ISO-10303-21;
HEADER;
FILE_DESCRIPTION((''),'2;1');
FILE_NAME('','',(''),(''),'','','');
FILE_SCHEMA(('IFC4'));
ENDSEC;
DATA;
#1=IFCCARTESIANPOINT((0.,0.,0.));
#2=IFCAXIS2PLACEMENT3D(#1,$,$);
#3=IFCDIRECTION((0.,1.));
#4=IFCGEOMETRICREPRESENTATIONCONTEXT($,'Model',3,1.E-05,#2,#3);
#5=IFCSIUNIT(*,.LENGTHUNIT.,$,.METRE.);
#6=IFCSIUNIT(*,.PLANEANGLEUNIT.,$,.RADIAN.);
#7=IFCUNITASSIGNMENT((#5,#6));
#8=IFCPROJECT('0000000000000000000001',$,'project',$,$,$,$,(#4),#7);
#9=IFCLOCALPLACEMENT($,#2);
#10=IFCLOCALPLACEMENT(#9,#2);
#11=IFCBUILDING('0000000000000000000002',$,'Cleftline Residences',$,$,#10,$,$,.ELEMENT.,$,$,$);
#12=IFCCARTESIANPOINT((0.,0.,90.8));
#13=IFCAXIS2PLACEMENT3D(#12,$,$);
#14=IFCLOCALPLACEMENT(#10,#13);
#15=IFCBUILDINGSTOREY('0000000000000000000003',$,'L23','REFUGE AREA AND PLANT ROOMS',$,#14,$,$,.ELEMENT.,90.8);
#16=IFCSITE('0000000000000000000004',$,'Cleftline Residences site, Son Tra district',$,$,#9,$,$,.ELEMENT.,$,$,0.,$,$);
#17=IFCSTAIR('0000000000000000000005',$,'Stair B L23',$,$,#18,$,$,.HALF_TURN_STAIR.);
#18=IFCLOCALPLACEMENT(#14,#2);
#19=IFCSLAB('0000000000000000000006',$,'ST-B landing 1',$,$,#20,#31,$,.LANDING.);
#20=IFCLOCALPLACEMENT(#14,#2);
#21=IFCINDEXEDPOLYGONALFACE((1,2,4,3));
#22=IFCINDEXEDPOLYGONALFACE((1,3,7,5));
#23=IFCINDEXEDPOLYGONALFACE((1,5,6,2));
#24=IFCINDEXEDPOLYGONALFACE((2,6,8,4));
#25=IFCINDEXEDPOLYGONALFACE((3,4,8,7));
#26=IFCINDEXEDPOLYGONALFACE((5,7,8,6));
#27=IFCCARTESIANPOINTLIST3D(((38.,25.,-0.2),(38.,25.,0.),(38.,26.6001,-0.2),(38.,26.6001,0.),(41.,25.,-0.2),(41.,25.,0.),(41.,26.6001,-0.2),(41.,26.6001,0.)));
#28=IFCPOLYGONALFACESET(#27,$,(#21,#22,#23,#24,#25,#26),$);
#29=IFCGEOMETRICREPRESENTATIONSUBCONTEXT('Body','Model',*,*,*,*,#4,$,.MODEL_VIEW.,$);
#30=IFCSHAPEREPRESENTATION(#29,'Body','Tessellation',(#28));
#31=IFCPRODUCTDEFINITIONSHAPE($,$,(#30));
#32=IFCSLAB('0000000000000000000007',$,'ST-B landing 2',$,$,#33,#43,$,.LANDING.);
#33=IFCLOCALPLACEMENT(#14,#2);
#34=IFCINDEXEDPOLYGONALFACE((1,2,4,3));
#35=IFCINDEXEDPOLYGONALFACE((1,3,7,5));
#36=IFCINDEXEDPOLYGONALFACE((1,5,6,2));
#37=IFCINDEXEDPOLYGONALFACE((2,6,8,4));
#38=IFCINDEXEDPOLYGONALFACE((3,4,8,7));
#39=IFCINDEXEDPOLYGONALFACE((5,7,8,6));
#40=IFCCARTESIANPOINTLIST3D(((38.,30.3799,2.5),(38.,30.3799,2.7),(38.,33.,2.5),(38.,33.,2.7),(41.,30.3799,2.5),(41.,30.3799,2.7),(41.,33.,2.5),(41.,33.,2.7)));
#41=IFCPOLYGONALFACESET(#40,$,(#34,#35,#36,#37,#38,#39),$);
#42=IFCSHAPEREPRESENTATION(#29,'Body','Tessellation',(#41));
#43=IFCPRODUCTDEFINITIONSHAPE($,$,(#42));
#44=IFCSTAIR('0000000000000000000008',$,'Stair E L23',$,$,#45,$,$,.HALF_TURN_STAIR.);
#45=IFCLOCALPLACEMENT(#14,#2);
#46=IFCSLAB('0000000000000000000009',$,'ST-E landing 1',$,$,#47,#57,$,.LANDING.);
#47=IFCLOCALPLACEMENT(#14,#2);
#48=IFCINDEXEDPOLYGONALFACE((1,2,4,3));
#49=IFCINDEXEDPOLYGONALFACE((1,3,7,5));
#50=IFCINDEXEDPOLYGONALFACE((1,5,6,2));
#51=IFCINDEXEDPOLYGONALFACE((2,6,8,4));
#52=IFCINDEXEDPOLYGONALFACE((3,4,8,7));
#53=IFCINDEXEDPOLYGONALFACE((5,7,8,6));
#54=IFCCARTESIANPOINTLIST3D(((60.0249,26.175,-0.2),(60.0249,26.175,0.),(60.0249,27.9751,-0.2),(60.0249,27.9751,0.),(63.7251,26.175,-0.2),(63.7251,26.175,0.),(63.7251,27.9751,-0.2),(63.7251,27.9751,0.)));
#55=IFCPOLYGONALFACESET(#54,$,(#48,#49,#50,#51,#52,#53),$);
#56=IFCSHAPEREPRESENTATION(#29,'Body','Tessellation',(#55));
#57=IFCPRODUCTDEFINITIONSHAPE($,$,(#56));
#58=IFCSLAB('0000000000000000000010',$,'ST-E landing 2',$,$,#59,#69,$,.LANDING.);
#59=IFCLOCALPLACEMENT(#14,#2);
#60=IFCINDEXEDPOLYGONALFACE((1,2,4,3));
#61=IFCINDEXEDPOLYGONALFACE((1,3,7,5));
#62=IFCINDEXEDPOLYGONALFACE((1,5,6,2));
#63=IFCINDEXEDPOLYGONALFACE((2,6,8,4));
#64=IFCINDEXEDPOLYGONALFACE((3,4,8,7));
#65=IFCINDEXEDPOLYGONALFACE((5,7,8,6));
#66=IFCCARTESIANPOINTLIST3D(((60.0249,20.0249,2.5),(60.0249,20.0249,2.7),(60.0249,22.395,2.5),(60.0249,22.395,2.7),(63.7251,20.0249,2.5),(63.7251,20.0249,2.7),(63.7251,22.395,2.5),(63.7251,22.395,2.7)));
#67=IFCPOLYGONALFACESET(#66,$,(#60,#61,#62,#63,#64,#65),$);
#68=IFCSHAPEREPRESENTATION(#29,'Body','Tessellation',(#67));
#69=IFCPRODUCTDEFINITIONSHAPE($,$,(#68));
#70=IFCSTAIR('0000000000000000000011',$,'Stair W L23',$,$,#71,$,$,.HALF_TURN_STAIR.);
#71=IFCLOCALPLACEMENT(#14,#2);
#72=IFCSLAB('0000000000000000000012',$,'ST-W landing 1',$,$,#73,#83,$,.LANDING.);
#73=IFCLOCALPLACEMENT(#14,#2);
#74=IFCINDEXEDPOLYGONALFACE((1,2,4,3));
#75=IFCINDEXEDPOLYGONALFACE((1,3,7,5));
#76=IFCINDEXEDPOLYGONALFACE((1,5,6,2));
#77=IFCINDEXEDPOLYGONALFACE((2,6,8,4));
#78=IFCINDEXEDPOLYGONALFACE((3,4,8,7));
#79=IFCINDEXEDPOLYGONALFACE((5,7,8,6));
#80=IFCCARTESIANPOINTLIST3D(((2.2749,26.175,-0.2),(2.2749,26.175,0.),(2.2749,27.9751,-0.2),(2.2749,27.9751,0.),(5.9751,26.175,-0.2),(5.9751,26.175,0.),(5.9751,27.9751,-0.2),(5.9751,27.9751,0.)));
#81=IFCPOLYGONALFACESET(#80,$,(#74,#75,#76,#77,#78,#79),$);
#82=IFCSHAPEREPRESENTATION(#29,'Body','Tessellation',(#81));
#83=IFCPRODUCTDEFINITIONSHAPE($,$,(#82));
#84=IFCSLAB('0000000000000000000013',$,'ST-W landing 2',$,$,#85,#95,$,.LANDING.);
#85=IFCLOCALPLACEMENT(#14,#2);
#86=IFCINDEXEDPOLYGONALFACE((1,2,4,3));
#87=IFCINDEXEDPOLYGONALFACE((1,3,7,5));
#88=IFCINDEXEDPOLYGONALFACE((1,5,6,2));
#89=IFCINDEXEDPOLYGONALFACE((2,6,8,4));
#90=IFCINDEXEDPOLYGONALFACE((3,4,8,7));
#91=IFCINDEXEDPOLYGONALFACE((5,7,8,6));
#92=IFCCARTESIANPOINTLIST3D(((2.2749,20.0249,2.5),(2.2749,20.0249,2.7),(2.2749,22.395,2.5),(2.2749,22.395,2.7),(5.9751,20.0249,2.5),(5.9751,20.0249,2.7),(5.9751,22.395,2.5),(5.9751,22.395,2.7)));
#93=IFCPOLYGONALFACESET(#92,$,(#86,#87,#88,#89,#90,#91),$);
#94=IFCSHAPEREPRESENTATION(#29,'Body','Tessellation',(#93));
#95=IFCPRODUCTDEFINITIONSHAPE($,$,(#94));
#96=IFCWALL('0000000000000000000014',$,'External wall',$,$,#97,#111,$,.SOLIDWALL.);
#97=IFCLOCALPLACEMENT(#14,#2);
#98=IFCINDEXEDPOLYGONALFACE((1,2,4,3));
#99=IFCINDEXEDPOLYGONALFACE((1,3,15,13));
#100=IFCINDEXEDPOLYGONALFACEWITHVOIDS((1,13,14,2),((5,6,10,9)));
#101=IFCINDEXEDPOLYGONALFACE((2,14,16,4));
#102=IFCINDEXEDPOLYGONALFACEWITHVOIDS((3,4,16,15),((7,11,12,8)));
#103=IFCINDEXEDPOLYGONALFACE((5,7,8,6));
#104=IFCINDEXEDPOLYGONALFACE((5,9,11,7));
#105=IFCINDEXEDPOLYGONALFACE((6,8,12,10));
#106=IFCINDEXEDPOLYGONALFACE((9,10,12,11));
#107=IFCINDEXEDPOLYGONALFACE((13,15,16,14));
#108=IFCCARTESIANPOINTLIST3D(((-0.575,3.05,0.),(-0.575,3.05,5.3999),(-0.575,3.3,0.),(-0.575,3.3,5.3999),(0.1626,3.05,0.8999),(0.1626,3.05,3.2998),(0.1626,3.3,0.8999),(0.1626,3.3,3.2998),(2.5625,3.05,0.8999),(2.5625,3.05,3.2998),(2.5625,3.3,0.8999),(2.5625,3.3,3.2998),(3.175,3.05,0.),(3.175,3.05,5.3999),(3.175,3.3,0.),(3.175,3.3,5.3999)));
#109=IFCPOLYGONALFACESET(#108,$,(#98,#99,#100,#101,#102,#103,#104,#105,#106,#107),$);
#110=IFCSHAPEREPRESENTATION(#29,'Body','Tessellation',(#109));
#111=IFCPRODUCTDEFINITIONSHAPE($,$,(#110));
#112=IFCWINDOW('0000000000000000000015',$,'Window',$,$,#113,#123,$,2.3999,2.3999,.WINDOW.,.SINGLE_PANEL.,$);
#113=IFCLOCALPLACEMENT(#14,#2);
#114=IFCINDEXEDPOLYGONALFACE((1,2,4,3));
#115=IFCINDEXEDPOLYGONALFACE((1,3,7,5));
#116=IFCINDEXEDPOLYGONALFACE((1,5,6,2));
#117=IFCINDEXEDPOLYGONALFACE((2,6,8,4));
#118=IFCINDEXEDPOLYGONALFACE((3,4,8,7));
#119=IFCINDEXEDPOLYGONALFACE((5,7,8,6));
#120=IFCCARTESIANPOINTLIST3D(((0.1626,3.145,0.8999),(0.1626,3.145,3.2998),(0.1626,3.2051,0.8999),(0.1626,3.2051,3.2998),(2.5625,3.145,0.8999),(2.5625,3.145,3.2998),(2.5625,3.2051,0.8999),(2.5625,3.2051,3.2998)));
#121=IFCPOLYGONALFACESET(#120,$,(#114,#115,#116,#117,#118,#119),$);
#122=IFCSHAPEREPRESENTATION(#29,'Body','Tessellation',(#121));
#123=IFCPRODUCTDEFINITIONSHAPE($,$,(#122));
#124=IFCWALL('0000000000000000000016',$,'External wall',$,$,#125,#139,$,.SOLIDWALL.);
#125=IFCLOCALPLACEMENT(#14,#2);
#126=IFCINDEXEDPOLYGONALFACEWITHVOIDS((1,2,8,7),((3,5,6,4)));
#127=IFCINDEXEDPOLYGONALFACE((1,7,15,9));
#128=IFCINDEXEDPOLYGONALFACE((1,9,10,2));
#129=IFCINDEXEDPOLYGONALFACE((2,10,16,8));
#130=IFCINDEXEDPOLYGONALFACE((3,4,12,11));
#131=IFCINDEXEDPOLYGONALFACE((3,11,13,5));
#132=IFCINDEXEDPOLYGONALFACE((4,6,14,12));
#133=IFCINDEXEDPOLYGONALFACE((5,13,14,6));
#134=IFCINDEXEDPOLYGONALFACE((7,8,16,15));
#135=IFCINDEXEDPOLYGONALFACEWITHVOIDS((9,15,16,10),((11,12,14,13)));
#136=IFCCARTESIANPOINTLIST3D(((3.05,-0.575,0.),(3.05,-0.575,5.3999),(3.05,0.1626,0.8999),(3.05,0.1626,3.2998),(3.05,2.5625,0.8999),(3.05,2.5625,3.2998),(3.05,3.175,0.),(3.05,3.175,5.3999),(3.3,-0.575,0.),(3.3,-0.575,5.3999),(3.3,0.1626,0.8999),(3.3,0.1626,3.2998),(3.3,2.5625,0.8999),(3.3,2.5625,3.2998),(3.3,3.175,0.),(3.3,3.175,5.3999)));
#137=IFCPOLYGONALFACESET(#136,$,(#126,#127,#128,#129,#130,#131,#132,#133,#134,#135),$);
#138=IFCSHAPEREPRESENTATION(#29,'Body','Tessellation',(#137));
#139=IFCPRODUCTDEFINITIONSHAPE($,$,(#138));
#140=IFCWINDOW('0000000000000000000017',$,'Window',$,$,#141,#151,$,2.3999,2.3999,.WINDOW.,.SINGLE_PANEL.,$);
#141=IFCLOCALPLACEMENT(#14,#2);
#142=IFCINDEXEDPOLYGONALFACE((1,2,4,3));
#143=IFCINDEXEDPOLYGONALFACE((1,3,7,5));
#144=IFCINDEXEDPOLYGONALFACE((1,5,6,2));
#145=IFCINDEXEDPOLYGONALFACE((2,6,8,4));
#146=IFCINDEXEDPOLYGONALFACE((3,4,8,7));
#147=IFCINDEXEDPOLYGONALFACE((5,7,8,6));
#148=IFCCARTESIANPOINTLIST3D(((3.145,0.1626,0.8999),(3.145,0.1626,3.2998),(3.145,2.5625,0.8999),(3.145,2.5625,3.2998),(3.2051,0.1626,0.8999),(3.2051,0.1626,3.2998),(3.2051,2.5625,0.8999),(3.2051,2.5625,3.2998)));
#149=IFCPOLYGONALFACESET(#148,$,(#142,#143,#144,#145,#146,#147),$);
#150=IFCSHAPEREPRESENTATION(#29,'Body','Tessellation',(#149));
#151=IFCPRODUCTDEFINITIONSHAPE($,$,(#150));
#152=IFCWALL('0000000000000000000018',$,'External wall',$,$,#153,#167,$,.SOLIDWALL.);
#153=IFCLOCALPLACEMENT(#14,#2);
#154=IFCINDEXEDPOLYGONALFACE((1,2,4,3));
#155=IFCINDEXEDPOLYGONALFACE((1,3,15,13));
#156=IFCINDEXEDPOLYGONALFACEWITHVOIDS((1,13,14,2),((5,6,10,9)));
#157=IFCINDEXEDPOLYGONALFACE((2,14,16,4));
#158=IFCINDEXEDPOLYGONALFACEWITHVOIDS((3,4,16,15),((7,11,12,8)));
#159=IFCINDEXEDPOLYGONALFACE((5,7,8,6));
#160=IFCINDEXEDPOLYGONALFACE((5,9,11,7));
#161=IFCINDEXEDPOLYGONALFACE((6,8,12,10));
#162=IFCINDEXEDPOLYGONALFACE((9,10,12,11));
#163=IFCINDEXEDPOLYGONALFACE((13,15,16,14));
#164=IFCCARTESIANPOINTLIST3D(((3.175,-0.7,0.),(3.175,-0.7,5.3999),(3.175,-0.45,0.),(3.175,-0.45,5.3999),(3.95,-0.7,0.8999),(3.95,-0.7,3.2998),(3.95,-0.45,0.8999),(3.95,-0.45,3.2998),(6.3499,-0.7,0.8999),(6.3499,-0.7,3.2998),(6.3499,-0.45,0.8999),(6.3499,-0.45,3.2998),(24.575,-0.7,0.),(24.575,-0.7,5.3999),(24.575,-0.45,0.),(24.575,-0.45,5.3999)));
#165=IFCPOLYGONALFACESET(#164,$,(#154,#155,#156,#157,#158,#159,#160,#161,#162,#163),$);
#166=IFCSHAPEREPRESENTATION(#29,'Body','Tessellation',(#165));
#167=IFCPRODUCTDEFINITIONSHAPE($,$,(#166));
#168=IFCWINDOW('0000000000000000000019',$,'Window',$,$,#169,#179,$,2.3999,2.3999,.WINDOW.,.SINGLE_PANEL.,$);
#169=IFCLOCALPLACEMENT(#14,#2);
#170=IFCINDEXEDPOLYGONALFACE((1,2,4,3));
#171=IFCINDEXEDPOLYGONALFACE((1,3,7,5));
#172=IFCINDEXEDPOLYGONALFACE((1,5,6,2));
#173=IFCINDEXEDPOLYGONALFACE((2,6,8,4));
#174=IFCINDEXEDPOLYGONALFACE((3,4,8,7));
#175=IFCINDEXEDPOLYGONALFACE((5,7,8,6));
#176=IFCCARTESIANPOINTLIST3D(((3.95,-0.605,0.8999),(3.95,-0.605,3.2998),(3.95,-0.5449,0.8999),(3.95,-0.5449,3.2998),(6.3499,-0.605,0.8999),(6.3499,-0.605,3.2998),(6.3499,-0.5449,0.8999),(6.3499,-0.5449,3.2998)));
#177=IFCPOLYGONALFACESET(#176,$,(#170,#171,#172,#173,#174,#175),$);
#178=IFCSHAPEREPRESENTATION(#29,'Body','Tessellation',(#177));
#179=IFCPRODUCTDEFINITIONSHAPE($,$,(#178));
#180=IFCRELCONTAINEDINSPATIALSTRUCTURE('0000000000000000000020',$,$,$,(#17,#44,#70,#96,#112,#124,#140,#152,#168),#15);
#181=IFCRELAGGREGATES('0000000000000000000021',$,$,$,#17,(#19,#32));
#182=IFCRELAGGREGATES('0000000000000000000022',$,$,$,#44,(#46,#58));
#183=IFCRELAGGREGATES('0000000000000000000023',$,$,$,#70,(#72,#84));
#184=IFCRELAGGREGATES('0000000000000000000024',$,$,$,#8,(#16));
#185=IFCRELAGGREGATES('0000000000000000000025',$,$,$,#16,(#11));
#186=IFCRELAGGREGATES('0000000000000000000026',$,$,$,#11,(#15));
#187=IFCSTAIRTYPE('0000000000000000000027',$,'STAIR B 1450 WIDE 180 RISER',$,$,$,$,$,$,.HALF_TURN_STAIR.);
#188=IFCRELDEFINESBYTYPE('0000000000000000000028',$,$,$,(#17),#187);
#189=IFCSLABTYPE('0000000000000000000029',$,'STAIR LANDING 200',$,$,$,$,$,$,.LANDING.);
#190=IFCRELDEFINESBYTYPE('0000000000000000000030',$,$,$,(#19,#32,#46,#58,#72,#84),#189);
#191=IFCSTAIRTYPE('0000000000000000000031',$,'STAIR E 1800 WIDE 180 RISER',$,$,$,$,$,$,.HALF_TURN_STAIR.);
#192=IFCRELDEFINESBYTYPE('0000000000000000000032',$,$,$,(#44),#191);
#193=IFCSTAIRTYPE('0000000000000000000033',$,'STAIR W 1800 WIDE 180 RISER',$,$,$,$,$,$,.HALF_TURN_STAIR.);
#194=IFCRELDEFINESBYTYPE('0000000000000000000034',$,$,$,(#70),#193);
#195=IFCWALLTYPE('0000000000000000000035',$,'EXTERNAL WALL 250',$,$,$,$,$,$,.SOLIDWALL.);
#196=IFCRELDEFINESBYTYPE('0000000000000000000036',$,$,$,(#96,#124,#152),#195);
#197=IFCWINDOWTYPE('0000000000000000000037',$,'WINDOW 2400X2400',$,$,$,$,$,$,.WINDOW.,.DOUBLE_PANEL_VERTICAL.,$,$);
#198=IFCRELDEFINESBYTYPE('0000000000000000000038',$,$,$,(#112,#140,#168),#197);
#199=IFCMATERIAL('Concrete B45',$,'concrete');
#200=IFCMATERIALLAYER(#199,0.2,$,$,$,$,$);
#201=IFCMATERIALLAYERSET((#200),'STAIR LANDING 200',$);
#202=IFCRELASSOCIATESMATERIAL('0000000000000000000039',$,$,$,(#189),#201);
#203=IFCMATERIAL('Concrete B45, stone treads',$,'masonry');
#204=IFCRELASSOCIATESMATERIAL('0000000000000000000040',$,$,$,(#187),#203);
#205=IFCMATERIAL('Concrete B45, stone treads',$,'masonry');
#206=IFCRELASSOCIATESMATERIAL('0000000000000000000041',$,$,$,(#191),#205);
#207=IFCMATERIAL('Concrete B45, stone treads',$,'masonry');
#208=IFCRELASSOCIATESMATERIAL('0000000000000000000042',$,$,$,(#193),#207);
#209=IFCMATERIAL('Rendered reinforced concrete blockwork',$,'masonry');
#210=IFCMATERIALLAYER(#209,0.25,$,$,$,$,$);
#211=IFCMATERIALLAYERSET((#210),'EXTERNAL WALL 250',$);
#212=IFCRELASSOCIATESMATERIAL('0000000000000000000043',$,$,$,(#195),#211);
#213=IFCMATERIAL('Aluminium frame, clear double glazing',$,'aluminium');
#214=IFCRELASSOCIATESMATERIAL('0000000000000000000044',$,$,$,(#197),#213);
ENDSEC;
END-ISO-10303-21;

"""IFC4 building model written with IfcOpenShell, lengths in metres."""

from ifc_helpers import new_model, si_unit, direction, frame, frame_2d, origin, place, context, subcontext, project, spatial, polyline, rectangle, outline, extrude, material, layer, layer_set, type_object, element, fill, aggregate, save


model = new_model("IFC4")

# Units and contexts
model_context = context("Model", 3, precision=1e-05, world=origin(), true_north=direction((0.0, 1.0)))
body_context = subcontext(model_context, "Body", "Model", "MODEL_VIEW")
ifc_project = project(units=[si_unit("LENGTHUNIT", "METRE"), si_unit("PLANEANGLEUNIT", "RADIAN")], contexts=[model_context])

# Site, building, storey
site_placement = place(None, origin())
site = spatial("IfcSite", under=ifc_project, at=site_placement, Name="Cleftline Residences site, Son Tra district", CompositionType="ELEMENT", RefElevation=0.0)
building_placement = place(site_placement, origin())
building = spatial("IfcBuilding", under=site, at=building_placement, Name="Cleftline Residences", CompositionType="ELEMENT")
storey_placement = place(building_placement, frame((0.0, 0.0, 90.8)))
storey = spatial("IfcBuildingStorey", under=building, at=storey_placement, Name="L23", Description="REFUGE AREA AND PLANT ROOMS", CompositionType="ELEMENT", Elevation=90.8)

# Stairs, slabs
ifc_material_1 = material(Name="Concrete B45", Category="concrete")
ifc_layer_1 = layer(ifc_material_1, 0.2)
ifc_layer_set_1 = layer_set([ifc_layer_1], Name="STAIR LANDING 200")
slab_type_1 = type_object("IfcSlabType", Name="STAIR LANDING 200", PredefinedType="LANDING", material=ifc_layer_set_1)
ifc_material_2 = material(Name="Concrete B45, stone treads", Category="masonry")
stair_type_1 = type_object("IfcStairType", Name="STAIR B 1450 WIDE 180 RISER", PredefinedType="HALF_TURN_STAIR", material=ifc_material_2)
stair_1_placement = place(storey_placement, origin())
stair_1 = element("IfcStair", 1, at=stair_1_placement, inside=storey, type_object=stair_type_1, Name="Stair B L23", PredefinedType="HALF_TURN_STAIR")
slab_1_placement = place(storey_placement, frame((0.0, 0.0, -0.2)))
slab_1 = element("IfcSlab", 2, at=slab_1_placement, type_object=slab_type_1, Name="ST-B landing 1", PredefinedType="LANDING", context=body_context, shape_type="SweptSolid", body=[
    extrude(outline(polyline([(38.0, 25.0), (41.0, 25.0), (41.0, 26.6001), (38.0, 26.6001), (38.0, 25.0)])), origin(), (0.0, 0.0, 1.0), 0.2),
])
slab_2_placement = place(storey_placement, frame((0.0, 0.0, 2.5)))
slab_2 = element("IfcSlab", 3, at=slab_2_placement, type_object=slab_type_1, Name="ST-B landing 2", PredefinedType="LANDING", context=body_context, shape_type="SweptSolid", body=[
    extrude(outline(polyline([(38.0, 30.3799), (41.0, 30.3799), (41.0, 33.0), (38.0, 33.0), (38.0, 30.3799)])), origin(), (0.0, 0.0, 1.0), 0.2),
])
aggregate(stair_1, [slab_1, slab_2])
ifc_material_3 = material(Name="Concrete B45, stone treads", Category="masonry")
stair_type_2 = type_object("IfcStairType", Name="STAIR E 1800 WIDE 180 RISER", PredefinedType="HALF_TURN_STAIR", material=ifc_material_3)
stair_2_placement = place(storey_placement, origin())
stair_2 = element("IfcStair", 4, at=stair_2_placement, inside=storey, type_object=stair_type_2, Name="Stair E L23", PredefinedType="HALF_TURN_STAIR")
slab_3_placement = place(storey_placement, frame((0.0, 0.0, -0.2)))
slab_3 = element("IfcSlab", 5, at=slab_3_placement, type_object=slab_type_1, Name="ST-E landing 1", PredefinedType="LANDING", context=body_context, shape_type="SweptSolid", body=[
    extrude(outline(polyline([(60.0249, 26.175), (63.7251, 26.175), (63.7251, 27.9751), (60.0249, 27.9751), (60.0249, 26.175)])), origin(), (0.0, 0.0, 1.0), 0.2),
])
slab_4_placement = place(storey_placement, frame((0.0, 0.0, 2.5)))
slab_4 = element("IfcSlab", 6, at=slab_4_placement, type_object=slab_type_1, Name="ST-E landing 2", PredefinedType="LANDING", context=body_context, shape_type="SweptSolid", body=[
    extrude(outline(polyline([(60.0249, 20.0249), (63.7251, 20.0249), (63.7251, 22.395), (60.0249, 22.395), (60.0249, 20.0249)])), origin(), (0.0, 0.0, 1.0), 0.2),
])
aggregate(stair_2, [slab_3, slab_4])
ifc_material_4 = material(Name="Concrete B45, stone treads", Category="masonry")
stair_type_3 = type_object("IfcStairType", Name="STAIR W 1800 WIDE 180 RISER", PredefinedType="HALF_TURN_STAIR", material=ifc_material_4)
stair_3_placement = place(storey_placement, origin())
stair_3 = element("IfcStair", 7, at=stair_3_placement, inside=storey, type_object=stair_type_3, Name="Stair W L23", PredefinedType="HALF_TURN_STAIR")
slab_5_placement = place(storey_placement, frame((0.0, 0.0, -0.2)))
slab_5 = element("IfcSlab", 8, at=slab_5_placement, type_object=slab_type_1, Name="ST-W landing 1", PredefinedType="LANDING", context=body_context, shape_type="SweptSolid", body=[
    extrude(outline(polyline([(2.2749, 26.175), (5.9751, 26.175), (5.9751, 27.9751), (2.2749, 27.9751), (2.2749, 26.175)])), origin(), (0.0, 0.0, 1.0), 0.2),
])
slab_6_placement = place(storey_placement, frame((0.0, 0.0, 2.5)))
slab_6 = element("IfcSlab", 9, at=slab_6_placement, type_object=slab_type_1, Name="ST-W landing 2", PredefinedType="LANDING", context=body_context, shape_type="SweptSolid", body=[
    extrude(outline(polyline([(2.2749, 20.0249), (5.9751, 20.0249), (5.9751, 22.395), (2.2749, 22.395), (2.2749, 20.0249)])), origin(), (0.0, 0.0, 1.0), 0.2),
])
aggregate(stair_3, [slab_5, slab_6])

# Walls, openings, windows
ifc_material_5 = material(Name="Rendered reinforced concrete blockwork", Category="masonry")
ifc_layer_2 = layer(ifc_material_5, 0.25)
ifc_layer_set_2 = layer_set([ifc_layer_2], Name="EXTERNAL WALL 250")
wall_type = type_object("IfcWallType", Name="EXTERNAL WALL 250", PredefinedType="SOLIDWALL", material=ifc_layer_set_2)
wall_1_placement = place(storey_placement, frame((-0.575, 3.175, 0.0), z_axis=(0.0, 0.0, 1.0), x_axis=(1.0, 0.0, 0.0)))
wall_1 = element("IfcWall", 10, at=wall_1_placement, inside=storey, type_object=wall_type, Name="External wall", PredefinedType="SOLIDWALL", context=body_context, shape_type="SweptSolid", body=[
    extrude(rectangle(XDim=3.75, YDim=0.25, at=frame_2d((1.875, 0.0))), origin(), (0.0, 0.0, 1.0), 5.3999),
])
opening_1_placement = place(wall_1_placement, frame((0.7375, 0.0, 0.8999)))
opening_1 = element("IfcOpeningElement", 11, at=opening_1_placement, cuts=wall_1, PredefinedType="OPENING", context=body_context, shape_type="SweptSolid", body=[
    extrude(rectangle(XDim=2.3999, YDim=2.3999, at=frame_2d((1.2, 1.2))), frame((0.0, 0.135, 0.0), z_axis=(0.0, -1.0, 0.0), x_axis=(1.0, 0.0, 0.0)), (0.0, 0.0, 1.0), 0.27),
])
ifc_material_6 = material(Name="Aluminium frame, clear double glazing", Category="aluminium")
window_type = type_object("IfcWindowType", Name="WINDOW 2400X2400", PartitioningType="DOUBLE_PANEL_VERTICAL", PredefinedType="WINDOW", material=ifc_material_6)
window_1_placement = place(opening_1_placement, origin())
window_1 = element("IfcWindow", 12, at=window_1_placement, inside=storey, type_object=window_type, Name="Window", OverallHeight=2.3999, OverallWidth=2.3999, PartitioningType="SINGLE_PANEL", PredefinedType="WINDOW", context=body_context, shape_type="SweptSolid", body=[
    extrude(rectangle(XDim=2.3999, YDim=2.3999, at=frame_2d((1.2, 1.2))), frame((0.0, 0.03, 0.0), z_axis=(0.0, -1.0, 0.0), x_axis=(1.0, 0.0, 0.0)), (0.0, 0.0, 1.0), 0.0601),
])
fill(opening_1, window_1)
wall_2_placement = place(storey_placement, frame((3.175, 3.175, 0.0), z_axis=(0.0, 0.0, 1.0), x_axis=(0.0, -1.0, 0.0)))
wall_2 = element("IfcWall", 13, at=wall_2_placement, inside=storey, type_object=wall_type, Name="External wall", PredefinedType="SOLIDWALL", context=body_context, shape_type="SweptSolid", body=[
    extrude(rectangle(XDim=3.75, YDim=0.25, at=frame_2d((1.875, 0.0))), origin(), (0.0, 0.0, 1.0), 5.3999),
])
opening_2_placement = place(wall_2_placement, frame((0.6125, 0.0, 0.8999)))
opening_2 = element("IfcOpeningElement", 14, at=opening_2_placement, cuts=wall_2, PredefinedType="OPENING", context=body_context, shape_type="SweptSolid", body=[
    extrude(rectangle(XDim=2.3999, YDim=2.3999, at=frame_2d((1.2, 1.2))), frame((0.0, 0.135, 0.0), z_axis=(0.0, -1.0, 0.0), x_axis=(1.0, 0.0, 0.0)), (0.0, 0.0, 1.0), 0.27),
])
window_2_placement = place(opening_2_placement, origin())
window_2 = element("IfcWindow", 15, at=window_2_placement, inside=storey, type_object=window_type, Name="Window", OverallHeight=2.3999, OverallWidth=2.3999, PartitioningType="SINGLE_PANEL", PredefinedType="WINDOW", context=body_context, shape_type="SweptSolid", body=[
    extrude(rectangle(XDim=2.3999, YDim=2.3999, at=frame_2d((1.2, 1.2))), frame((0.0, 0.03, 0.0), z_axis=(0.0, -1.0, 0.0), x_axis=(1.0, 0.0, 0.0)), (0.0, 0.0, 1.0), 0.0601),
])
fill(opening_2, window_2)
wall_3_placement = place(storey_placement, frame((3.175, -0.575, 0.0), z_axis=(0.0, 0.0, 1.0), x_axis=(1.0, 0.0, 0.0)))
wall_3 = element("IfcWall", 16, at=wall_3_placement, inside=storey, type_object=wall_type, Name="External wall", PredefinedType="SOLIDWALL", context=body_context, shape_type="SweptSolid", body=[
    extrude(rectangle(XDim=21.3999, YDim=0.25, at=frame_2d((10.7, 0.0))), origin(), (0.0, 0.0, 1.0), 5.3999),
])
opening_3_placement = place(wall_3_placement, frame((0.7749, 0.0, 0.8999)))
opening_3 = element("IfcOpeningElement", 17, at=opening_3_placement, cuts=wall_3, PredefinedType="OPENING", context=body_context, shape_type="SweptSolid", body=[
    extrude(rectangle(XDim=2.3999, YDim=2.3999, at=frame_2d((1.2, 1.2))), frame((0.0, 0.135, 0.0), z_axis=(0.0, -1.0, 0.0), x_axis=(1.0, 0.0, 0.0)), (0.0, 0.0, 1.0), 0.27),
])
window_3_placement = place(opening_3_placement, origin())
window_3 = element("IfcWindow", 18, at=window_3_placement, inside=storey, type_object=window_type, Name="Window", OverallHeight=2.3999, OverallWidth=2.3999, PartitioningType="SINGLE_PANEL", PredefinedType="WINDOW", context=body_context, shape_type="SweptSolid", body=[
    extrude(rectangle(XDim=2.3999, YDim=2.3999, at=frame_2d((1.2, 1.2))), frame((0.0, 0.03, 0.0), z_axis=(0.0, -1.0, 0.0), x_axis=(1.0, 0.0, 0.0)), (0.0, 0.0, 1.0), 0.0601),
])
fill(opening_3, window_3)

save(model, "model.ifc")
